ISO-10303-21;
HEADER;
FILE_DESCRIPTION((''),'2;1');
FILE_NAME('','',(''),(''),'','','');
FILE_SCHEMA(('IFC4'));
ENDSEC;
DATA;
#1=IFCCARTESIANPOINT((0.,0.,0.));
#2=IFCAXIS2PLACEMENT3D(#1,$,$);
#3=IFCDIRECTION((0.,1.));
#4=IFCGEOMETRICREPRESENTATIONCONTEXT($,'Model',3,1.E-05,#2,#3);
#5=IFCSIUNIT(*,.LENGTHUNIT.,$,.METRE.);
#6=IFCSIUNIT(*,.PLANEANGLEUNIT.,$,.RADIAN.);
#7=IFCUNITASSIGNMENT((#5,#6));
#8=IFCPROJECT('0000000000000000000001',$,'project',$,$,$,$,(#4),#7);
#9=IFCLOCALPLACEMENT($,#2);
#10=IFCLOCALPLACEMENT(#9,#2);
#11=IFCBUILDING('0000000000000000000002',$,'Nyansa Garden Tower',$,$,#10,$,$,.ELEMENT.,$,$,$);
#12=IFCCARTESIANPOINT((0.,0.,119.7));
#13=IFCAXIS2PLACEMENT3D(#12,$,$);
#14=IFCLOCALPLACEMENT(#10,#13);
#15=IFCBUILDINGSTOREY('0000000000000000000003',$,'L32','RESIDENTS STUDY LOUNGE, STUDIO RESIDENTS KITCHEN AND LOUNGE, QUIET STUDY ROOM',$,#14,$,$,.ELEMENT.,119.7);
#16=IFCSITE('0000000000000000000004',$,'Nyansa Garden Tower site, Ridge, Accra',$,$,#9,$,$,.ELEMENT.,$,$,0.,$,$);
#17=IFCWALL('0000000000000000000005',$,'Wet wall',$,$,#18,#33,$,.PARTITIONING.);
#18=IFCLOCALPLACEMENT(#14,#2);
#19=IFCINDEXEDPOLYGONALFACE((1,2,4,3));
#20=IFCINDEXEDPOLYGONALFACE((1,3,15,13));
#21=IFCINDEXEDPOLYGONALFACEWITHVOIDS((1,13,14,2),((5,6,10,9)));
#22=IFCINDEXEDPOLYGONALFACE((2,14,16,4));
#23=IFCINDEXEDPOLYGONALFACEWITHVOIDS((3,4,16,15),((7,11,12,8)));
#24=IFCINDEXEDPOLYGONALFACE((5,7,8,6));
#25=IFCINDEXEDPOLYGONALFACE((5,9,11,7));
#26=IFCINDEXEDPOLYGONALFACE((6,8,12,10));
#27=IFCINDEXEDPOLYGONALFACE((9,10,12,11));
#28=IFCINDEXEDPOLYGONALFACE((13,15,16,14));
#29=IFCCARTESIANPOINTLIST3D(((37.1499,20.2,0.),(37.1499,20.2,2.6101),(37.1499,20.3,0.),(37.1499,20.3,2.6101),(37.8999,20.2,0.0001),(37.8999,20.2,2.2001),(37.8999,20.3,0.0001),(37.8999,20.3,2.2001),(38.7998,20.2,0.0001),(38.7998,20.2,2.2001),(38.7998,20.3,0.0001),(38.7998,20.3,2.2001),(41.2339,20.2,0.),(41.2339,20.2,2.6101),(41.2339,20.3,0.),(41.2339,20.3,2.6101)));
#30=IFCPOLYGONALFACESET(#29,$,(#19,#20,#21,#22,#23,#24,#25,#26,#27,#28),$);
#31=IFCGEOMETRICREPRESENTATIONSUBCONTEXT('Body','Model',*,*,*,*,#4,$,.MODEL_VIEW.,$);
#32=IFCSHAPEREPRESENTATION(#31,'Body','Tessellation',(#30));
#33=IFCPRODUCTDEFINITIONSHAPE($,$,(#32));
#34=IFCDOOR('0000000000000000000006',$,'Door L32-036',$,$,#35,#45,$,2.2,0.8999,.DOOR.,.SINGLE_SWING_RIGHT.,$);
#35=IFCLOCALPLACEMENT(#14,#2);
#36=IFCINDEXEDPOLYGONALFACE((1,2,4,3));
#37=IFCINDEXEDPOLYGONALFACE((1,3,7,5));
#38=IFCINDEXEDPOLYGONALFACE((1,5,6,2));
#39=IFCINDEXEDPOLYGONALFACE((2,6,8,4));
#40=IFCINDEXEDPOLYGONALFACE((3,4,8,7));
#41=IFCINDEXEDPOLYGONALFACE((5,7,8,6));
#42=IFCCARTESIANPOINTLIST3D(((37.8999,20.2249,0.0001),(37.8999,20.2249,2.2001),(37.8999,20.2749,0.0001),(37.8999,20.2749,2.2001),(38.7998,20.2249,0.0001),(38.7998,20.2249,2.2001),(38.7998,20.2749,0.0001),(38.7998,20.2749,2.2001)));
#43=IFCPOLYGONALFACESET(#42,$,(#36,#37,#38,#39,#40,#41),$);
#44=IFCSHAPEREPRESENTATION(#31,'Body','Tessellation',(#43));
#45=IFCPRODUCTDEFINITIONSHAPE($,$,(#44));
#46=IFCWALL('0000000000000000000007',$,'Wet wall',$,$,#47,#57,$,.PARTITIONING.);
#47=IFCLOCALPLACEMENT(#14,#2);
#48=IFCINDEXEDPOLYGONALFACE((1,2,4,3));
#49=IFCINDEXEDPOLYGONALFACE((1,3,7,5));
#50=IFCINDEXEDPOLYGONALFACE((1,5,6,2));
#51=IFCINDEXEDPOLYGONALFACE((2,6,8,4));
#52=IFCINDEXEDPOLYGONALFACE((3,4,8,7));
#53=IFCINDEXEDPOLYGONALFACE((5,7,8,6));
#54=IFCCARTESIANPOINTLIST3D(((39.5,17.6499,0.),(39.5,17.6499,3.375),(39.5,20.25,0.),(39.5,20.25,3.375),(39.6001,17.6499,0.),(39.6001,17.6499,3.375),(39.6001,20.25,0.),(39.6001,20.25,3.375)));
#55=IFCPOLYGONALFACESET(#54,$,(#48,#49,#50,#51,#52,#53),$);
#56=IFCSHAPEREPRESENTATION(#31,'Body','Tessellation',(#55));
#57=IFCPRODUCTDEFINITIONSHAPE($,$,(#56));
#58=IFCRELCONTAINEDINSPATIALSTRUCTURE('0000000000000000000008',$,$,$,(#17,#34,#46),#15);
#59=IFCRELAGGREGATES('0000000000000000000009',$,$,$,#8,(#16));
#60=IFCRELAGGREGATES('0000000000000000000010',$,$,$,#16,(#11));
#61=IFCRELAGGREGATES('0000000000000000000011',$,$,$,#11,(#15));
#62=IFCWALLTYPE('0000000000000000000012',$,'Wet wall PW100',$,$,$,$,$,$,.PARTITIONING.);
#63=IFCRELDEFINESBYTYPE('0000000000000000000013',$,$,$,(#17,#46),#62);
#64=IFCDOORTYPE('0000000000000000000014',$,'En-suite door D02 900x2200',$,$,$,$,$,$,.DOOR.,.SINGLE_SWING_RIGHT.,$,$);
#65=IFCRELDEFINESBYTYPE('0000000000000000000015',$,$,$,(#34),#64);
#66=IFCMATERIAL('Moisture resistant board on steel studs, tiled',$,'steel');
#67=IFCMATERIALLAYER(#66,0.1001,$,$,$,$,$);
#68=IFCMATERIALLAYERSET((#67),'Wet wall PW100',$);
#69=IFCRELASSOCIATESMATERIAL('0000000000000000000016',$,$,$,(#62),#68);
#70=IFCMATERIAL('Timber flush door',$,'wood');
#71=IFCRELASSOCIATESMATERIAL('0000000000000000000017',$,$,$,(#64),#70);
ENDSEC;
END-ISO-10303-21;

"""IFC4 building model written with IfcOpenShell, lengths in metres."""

from ifc_helpers import new_model, si_unit, direction, frame, frame_2d, origin, place, context, subcontext, project, spatial, rectangle, extrude, material, layer, layer_set, type_object, element, fill, save


model = new_model("IFC4")

# Units and contexts
model_context = context("Model", 3, precision=1e-05, world=origin(), true_north=direction((0.0, 1.0)))
body_context = subcontext(model_context, "Body", "Model", "MODEL_VIEW")
ifc_project = project(units=[si_unit("LENGTHUNIT", "METRE"), si_unit("PLANEANGLEUNIT", "RADIAN")], contexts=[model_context])

# Site, building, storey
site_placement = place(None, origin())
site = spatial("IfcSite", under=ifc_project, at=site_placement, Name="Nyansa Garden Tower site, Ridge, Accra", CompositionType="ELEMENT", RefElevation=0.0)
building_placement = place(site_placement, origin())
building = spatial("IfcBuilding", under=site, at=building_placement, Name="Nyansa Garden Tower", CompositionType="ELEMENT")
storey_placement = place(building_placement, frame((0.0, 0.0, 119.7)))
storey = spatial("IfcBuildingStorey", under=building, at=storey_placement, Name="L32", Description="RESIDENTS STUDY LOUNGE, STUDIO RESIDENTS KITCHEN AND LOUNGE, QUIET STUDY ROOM", CompositionType="ELEMENT", Elevation=119.7)

# Shared definitions
ifc_material_1 = material(Name="Moisture resistant board on steel studs, tiled", Category="steel")
ifc_layer_1 = layer(ifc_material_1, 0.1001)
ifc_layer_set_1 = layer_set([ifc_layer_1], Name="Wet wall PW100")
wall_type_1 = type_object("IfcWallType", Name="Wet wall PW100", PredefinedType="PARTITIONING", material=ifc_layer_set_1)

# Wall, opening, door
wall_1_placement = place(storey_placement, frame((37.1499, 20.25, 0.0), z_axis=(0.0, 0.0, 1.0), x_axis=(1.0, 0.0, 0.0)))
wall_1 = element("IfcWall", 1, at=wall_1_placement, inside=storey, type_object=wall_type_1, Name="Wet wall", PredefinedType="PARTITIONING", context=body_context, shape_type="SweptSolid", body=[
    extrude(rectangle(XDim=4.084, YDim=0.1001, at=frame_2d((2.042, 0.0))), origin(), (0.0, 0.0, 1.0), 2.6101),
])
opening_placement = place(wall_1_placement, frame((0.75, 0.0, 0.0)))
opening = element("IfcOpeningElement", 2, at=opening_placement, cuts=wall_1, PredefinedType="OPENING", context=body_context, shape_type="SweptSolid", body=[
    extrude(rectangle(XDim=0.8999, YDim=2.2, at=frame_2d((0.45, 1.1001))), frame((0.0, 0.0601, 0.0), z_axis=(0.0, -1.0, 0.0), x_axis=(1.0, 0.0, 0.0)), (0.0, 0.0, 1.0), 0.1201),
])
ifc_material_2 = material(Name="Timber flush door", Category="wood")
door_type = type_object("IfcDoorType", Name="En-suite door D02 900x2200", OperationType="SINGLE_SWING_RIGHT", PredefinedType="DOOR", material=ifc_material_2)
door_placement = place(opening_placement, origin())
door = element("IfcDoor", 3, at=door_placement, inside=storey, type_object=door_type, Name="Door L32-036", OperationType="SINGLE_SWING_RIGHT", OverallHeight=2.2, OverallWidth=0.8999, PredefinedType="DOOR", context=body_context, shape_type="SweptSolid", body=[
    extrude(rectangle(XDim=0.8999, YDim=2.2, at=frame_2d((0.45, 1.1001))), frame((0.0, 0.0249, 0.0), z_axis=(0.0, -1.0, 0.0), x_axis=(1.0, 0.0, 0.0)), (0.0, 0.0, 1.0), 0.05),
])
fill(opening, door)

# Wall
wall_2_placement = place(storey_placement, frame((39.55, 17.6499, 0.0), z_axis=(0.0, 0.0, 1.0), x_axis=(0.0, 1.0, 0.0)))
element("IfcWall", 4, at=wall_2_placement, inside=storey, type_object=wall_type_1, Name="Wet wall", PredefinedType="PARTITIONING", context=body_context, shape_type="SweptSolid", body=[
    extrude(rectangle(XDim=2.6001, YDim=0.1001, at=frame_2d((1.3, 0.0))), origin(), (0.0, 0.0, 1.0), 3.375),
])

save(model, "model.ifc")
